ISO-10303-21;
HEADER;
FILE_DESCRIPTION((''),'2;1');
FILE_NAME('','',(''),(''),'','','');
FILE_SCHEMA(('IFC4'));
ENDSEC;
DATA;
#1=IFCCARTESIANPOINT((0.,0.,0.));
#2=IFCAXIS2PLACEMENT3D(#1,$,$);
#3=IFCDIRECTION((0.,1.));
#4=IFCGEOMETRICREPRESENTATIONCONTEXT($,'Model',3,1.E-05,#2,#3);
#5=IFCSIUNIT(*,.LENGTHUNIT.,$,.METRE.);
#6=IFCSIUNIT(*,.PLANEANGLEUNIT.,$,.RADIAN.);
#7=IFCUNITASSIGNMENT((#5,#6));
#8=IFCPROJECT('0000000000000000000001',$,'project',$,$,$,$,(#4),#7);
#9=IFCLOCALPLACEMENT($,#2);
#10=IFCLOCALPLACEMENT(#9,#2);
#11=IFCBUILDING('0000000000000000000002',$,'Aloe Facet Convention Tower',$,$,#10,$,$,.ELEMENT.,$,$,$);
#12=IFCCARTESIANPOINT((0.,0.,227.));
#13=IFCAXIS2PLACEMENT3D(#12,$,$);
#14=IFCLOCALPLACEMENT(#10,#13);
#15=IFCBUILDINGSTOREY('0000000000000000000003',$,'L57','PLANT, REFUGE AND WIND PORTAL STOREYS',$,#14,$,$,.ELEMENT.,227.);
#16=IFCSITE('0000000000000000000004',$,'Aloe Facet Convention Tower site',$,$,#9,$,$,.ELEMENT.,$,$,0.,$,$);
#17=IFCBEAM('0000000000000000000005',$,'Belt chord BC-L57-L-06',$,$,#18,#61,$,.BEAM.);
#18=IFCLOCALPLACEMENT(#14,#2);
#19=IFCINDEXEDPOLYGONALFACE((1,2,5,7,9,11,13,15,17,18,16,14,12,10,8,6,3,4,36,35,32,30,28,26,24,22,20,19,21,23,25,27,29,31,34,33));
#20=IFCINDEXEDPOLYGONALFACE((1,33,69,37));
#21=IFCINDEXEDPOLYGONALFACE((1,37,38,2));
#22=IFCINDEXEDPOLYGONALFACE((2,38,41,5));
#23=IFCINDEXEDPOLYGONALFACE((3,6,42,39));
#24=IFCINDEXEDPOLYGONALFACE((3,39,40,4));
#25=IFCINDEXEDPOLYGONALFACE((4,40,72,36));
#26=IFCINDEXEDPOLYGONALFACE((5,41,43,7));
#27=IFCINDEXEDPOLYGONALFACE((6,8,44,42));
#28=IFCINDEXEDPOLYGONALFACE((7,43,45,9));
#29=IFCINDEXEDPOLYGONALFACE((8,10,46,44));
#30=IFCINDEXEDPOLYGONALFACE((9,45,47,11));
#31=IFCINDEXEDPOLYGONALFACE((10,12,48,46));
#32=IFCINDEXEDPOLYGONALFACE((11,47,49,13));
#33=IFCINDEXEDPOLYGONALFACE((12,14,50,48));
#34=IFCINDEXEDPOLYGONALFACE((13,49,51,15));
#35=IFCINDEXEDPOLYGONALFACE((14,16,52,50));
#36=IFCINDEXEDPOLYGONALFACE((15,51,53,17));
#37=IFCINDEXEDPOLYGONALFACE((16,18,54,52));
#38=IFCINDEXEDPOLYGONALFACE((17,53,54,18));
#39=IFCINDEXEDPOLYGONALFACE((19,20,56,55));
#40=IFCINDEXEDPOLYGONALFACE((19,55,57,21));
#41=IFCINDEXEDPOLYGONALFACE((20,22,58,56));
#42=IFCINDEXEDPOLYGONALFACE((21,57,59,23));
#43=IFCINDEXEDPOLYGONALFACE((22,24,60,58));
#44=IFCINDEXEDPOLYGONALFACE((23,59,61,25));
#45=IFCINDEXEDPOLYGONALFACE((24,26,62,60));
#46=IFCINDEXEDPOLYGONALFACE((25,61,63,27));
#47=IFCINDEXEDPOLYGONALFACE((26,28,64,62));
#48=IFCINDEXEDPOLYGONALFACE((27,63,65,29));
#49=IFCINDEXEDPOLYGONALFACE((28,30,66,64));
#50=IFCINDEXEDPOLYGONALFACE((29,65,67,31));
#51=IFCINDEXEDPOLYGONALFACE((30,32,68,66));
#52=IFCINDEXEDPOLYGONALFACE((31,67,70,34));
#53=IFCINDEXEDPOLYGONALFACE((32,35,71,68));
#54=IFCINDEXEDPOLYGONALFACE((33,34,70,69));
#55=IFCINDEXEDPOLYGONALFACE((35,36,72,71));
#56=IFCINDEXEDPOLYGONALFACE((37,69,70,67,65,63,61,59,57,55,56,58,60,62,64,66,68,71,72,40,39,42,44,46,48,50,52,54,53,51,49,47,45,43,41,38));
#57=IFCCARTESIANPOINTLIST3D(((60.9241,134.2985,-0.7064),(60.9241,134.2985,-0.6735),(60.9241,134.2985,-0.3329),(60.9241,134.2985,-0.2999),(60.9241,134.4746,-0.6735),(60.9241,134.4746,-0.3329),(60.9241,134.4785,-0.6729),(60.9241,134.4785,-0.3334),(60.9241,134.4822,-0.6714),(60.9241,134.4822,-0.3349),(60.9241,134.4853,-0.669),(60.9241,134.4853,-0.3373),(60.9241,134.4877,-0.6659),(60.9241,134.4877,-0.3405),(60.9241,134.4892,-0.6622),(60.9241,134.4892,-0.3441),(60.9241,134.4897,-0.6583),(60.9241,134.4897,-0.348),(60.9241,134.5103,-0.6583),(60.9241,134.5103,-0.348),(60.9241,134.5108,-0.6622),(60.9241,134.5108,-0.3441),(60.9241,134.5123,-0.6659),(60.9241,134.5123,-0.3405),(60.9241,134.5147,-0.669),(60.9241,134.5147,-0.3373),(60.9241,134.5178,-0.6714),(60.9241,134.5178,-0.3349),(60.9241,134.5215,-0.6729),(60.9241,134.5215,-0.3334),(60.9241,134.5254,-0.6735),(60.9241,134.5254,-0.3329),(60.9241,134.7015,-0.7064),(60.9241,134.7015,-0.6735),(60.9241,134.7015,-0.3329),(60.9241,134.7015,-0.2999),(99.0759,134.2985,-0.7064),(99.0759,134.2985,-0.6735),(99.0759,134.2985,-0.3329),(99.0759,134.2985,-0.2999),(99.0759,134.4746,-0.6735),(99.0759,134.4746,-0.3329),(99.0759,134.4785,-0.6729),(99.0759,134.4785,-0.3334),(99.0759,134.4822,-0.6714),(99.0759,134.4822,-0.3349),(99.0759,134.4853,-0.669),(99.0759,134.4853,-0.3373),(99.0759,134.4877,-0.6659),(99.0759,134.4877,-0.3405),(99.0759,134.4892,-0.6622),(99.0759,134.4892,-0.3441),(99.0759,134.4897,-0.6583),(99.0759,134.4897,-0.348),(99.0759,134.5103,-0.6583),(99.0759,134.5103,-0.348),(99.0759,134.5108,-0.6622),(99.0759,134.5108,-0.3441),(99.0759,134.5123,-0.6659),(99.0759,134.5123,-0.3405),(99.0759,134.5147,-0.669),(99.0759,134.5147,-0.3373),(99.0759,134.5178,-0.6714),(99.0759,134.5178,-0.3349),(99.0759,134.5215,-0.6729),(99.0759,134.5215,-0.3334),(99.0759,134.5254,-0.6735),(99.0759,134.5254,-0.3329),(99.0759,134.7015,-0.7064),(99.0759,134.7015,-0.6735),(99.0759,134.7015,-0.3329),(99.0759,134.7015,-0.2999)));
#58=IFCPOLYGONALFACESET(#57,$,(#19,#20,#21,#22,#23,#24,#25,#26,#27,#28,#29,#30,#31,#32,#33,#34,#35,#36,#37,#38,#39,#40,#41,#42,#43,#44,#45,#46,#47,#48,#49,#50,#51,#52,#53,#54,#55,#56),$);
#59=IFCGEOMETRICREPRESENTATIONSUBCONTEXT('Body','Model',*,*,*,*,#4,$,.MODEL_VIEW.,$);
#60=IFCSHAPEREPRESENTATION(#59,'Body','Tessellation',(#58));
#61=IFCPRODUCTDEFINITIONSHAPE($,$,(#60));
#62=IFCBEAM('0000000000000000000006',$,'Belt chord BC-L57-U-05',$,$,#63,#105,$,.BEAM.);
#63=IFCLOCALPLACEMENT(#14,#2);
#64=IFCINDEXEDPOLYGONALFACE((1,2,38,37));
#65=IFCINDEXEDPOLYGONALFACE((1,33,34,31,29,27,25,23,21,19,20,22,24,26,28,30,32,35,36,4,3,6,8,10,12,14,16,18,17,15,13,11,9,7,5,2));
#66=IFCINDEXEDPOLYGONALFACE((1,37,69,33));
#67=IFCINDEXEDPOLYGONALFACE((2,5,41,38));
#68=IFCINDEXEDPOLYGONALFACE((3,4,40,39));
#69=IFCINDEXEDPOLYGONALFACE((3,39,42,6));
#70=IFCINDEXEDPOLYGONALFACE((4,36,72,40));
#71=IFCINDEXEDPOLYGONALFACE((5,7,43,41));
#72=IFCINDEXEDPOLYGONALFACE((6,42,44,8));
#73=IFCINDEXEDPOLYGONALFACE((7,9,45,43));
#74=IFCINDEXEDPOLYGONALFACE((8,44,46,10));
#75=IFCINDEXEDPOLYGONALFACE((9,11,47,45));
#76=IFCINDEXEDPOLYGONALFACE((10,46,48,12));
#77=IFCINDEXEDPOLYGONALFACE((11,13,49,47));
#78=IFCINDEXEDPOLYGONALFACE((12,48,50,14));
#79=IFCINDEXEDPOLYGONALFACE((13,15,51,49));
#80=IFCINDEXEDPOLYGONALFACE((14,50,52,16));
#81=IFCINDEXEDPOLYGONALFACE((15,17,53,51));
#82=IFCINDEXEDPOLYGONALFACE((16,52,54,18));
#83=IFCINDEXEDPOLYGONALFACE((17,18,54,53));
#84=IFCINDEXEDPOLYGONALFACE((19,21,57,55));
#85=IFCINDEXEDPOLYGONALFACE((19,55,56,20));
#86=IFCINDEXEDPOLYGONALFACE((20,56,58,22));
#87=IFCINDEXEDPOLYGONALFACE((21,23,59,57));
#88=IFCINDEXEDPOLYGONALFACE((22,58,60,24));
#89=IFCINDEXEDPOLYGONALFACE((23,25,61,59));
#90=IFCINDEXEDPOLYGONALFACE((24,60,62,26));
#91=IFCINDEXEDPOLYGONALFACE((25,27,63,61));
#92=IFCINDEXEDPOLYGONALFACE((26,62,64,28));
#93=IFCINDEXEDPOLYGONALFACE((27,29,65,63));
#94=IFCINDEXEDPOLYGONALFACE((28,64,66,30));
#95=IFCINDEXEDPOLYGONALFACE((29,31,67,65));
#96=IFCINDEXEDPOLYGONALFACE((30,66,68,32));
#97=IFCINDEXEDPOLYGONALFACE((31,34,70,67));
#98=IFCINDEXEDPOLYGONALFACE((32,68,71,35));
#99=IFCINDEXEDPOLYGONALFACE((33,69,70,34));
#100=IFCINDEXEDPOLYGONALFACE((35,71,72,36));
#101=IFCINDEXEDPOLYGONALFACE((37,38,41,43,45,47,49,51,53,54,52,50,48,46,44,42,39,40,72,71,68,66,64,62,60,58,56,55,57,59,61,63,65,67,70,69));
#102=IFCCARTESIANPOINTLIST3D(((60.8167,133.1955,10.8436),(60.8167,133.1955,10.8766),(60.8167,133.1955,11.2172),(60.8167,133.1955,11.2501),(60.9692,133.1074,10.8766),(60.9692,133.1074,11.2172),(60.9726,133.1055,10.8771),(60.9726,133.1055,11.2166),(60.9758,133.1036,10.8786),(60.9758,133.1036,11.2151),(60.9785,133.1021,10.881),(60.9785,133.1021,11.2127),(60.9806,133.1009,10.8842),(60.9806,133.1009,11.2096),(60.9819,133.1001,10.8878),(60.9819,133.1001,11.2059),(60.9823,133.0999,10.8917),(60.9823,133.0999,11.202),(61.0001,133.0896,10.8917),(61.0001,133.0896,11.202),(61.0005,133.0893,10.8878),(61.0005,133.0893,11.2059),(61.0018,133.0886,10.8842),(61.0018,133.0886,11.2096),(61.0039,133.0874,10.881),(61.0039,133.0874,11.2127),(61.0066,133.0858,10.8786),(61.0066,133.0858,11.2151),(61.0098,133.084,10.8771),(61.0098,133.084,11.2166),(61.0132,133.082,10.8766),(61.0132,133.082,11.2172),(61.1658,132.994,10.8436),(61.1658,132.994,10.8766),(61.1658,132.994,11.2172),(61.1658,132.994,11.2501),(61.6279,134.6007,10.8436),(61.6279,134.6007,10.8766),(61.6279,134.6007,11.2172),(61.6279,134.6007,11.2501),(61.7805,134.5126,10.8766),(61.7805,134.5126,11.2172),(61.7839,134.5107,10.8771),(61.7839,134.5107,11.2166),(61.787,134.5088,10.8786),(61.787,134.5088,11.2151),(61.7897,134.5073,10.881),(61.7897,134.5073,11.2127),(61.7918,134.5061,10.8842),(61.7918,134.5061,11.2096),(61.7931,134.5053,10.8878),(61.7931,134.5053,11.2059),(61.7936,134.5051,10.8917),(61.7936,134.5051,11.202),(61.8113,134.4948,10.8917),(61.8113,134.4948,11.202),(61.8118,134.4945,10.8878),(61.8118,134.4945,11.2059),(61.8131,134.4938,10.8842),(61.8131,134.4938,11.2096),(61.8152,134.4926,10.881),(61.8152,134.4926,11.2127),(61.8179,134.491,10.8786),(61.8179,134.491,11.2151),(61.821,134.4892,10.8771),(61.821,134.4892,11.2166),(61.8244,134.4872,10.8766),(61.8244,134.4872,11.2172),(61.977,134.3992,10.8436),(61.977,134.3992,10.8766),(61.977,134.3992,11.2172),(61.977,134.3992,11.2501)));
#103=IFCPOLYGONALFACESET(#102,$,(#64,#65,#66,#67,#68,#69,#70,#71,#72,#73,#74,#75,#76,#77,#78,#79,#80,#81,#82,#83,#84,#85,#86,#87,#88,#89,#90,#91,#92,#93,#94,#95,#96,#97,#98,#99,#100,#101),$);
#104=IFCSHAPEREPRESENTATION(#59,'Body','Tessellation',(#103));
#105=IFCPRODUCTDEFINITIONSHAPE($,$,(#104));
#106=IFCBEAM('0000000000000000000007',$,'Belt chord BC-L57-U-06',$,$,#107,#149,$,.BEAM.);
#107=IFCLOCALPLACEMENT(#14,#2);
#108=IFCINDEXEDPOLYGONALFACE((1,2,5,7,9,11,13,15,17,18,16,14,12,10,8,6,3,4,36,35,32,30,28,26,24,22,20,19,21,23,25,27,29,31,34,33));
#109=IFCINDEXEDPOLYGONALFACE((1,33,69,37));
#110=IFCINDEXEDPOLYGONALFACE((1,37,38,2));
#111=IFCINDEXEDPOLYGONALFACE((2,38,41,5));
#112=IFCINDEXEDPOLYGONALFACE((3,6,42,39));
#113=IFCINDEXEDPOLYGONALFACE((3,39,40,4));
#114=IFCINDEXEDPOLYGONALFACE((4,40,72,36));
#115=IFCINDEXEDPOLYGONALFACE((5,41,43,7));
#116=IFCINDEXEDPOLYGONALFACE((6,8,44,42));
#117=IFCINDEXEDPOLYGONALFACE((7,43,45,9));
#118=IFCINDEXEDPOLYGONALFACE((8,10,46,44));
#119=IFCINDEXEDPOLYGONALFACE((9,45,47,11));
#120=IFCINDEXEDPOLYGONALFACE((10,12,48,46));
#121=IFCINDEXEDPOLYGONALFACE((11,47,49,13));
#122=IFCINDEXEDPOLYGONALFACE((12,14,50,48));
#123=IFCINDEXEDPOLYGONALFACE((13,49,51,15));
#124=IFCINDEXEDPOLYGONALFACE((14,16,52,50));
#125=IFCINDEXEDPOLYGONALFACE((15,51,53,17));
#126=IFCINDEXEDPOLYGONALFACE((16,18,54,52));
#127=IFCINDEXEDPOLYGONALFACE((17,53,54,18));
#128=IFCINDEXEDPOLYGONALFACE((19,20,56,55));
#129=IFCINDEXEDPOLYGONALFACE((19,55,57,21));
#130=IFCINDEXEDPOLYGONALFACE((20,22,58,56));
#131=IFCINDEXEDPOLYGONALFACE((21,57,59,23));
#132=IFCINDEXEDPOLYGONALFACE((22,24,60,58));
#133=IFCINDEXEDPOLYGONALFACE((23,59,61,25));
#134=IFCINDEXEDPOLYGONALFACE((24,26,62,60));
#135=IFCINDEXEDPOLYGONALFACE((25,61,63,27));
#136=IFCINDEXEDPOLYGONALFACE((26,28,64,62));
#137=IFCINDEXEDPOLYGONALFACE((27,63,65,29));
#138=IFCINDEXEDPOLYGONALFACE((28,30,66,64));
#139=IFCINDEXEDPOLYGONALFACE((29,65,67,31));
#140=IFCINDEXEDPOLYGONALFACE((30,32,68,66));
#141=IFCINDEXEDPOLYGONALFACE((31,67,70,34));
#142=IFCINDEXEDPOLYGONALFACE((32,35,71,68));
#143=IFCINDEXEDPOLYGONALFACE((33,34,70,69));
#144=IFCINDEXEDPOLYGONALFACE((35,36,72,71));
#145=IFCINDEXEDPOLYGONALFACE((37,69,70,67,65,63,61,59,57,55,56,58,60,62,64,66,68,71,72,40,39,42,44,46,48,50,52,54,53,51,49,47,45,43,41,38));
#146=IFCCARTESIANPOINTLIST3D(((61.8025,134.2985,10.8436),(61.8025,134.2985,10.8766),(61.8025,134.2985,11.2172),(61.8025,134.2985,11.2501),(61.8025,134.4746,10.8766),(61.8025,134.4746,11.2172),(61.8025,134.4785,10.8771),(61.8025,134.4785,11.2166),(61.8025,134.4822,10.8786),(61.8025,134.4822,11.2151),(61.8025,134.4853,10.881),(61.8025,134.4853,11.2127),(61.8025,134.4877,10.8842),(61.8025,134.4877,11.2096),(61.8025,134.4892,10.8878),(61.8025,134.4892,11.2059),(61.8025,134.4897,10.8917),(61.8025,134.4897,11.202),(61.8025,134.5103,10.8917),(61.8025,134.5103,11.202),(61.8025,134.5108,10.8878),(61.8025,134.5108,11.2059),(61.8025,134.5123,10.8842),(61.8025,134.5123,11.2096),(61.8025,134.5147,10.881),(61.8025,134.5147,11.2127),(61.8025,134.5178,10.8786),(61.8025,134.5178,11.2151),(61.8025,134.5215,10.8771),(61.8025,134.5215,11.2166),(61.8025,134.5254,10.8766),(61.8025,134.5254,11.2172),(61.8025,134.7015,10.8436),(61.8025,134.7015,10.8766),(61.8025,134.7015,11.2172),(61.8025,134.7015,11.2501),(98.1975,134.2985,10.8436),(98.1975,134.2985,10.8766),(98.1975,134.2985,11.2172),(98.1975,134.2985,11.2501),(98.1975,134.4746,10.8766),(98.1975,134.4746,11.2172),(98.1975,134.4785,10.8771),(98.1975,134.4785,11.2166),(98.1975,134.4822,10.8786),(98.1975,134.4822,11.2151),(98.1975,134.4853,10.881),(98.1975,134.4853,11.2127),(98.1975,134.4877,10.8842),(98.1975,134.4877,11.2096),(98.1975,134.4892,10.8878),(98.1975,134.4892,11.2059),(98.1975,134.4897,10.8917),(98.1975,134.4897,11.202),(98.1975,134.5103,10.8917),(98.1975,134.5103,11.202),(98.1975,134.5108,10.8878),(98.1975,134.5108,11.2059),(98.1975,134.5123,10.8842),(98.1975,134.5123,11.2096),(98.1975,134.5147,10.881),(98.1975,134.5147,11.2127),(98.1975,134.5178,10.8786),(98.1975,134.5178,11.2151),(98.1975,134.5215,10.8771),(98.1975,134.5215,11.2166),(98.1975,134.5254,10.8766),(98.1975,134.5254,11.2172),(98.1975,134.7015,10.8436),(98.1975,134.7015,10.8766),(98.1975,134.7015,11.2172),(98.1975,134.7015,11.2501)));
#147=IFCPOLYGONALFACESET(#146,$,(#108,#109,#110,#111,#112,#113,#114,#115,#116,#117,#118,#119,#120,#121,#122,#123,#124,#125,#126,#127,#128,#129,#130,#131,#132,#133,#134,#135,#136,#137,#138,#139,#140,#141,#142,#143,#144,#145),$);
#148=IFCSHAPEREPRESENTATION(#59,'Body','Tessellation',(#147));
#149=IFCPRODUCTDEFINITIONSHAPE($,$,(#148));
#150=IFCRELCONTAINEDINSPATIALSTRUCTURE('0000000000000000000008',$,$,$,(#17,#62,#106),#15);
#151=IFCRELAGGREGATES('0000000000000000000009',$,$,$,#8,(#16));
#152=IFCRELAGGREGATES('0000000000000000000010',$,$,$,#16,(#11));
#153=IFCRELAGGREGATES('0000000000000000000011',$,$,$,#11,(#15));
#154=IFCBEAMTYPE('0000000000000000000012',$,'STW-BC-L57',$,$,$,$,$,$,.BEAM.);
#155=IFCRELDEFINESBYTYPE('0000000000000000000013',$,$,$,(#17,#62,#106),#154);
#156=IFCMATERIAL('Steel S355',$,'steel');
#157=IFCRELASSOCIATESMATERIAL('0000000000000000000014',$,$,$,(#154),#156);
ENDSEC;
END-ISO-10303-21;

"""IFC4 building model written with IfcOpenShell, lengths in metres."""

from ifc_helpers import new_model, si_unit, direction, frame, origin, origin_2d, place, context, subcontext, project, spatial, i_section, extrude, material, material_profile, profile_set, type_object, element, save


model = new_model("IFC4")

# Units and contexts
model_context = context("Model", 3, precision=1e-05, world=origin(), true_north=direction((0.0, 1.0)))
body_context = subcontext(model_context, "Body", "Model", "MODEL_VIEW")
ifc_project = project(units=[si_unit("LENGTHUNIT", "METRE"), si_unit("PLANEANGLEUNIT", "RADIAN")], contexts=[model_context])

# Site, building, storey
site_placement = place(None, origin())
site = spatial("IfcSite", under=ifc_project, at=site_placement, Name="Aloe Facet Convention Tower site", CompositionType="ELEMENT", RefElevation=0.0)
building_placement = place(site_placement, origin())
building = spatial("IfcBuilding", under=site, at=building_placement, Name="Aloe Facet Convention Tower", CompositionType="ELEMENT")
storey_placement = place(building_placement, frame((0.0, 0.0, 227.0)))
storey = spatial("IfcBuildingStorey", under=building, at=storey_placement, Name="L57", Description="PLANT, REFUGE AND WIND PORTAL STOREYS", CompositionType="ELEMENT", Elevation=227.0)

# Beams
ifc_material_1 = material(Name="Steel S355", Category="steel")
ifc_material_profile_1 = material_profile(ifc_material_1, i_section(OverallWidth=0.4031, OverallDepth=0.4065, WebThickness=0.0205, FlangeThickness=0.033, FilletRadius=0.0151, at=origin_2d()), Name="UC 356x406x340")
ifc_profile_set_1 = profile_set([ifc_material_profile_1], Name="Steel S355")
beam_type_1 = type_object("IfcBeamType", Name="STW-BC-L57", PredefinedType="BEAM", material=ifc_profile_set_1)
beam_1_placement = place(storey_placement, frame((60.9241, 134.5, -0.5032), z_axis=(1.0, 0.0, 0.0), x_axis=(0.0, 1.0, 0.0)))
element("IfcBeam", 1, at=beam_1_placement, inside=storey, type_object=beam_type_1, Name="Belt chord BC-L57-L-06", PredefinedType="BEAM", context=body_context, shape_type="SweptSolid", body=[
    extrude(i_section(OverallWidth=0.4031, OverallDepth=0.4065, WebThickness=0.0205, FlangeThickness=0.033, FilletRadius=0.0151, at=origin_2d()), origin(), (0.0, 0.0, 1.0), 38.1519),
])
beam_2_placement = place(storey_placement, frame((60.9912, 133.0947, 11.0469), z_axis=(0.499974, 0.86604, 0.0), x_axis=(-0.86604, 0.499974, 0.0)))
element("IfcBeam", 2, at=beam_2_placement, inside=storey, type_object=beam_type_1, Name="Belt chord BC-L57-U-05", PredefinedType="BEAM", context=body_context, shape_type="SweptSolid", body=[
    extrude(i_section(OverallWidth=0.4031, OverallDepth=0.4065, WebThickness=0.0205, FlangeThickness=0.033, FilletRadius=0.0151, at=origin_2d()), origin(), (0.0, 0.0, 1.0), 1.6226),
])
beam_3_placement = place(storey_placement, frame((61.8025, 134.5, 11.0469), z_axis=(1.0, 0.0, 0.0), x_axis=(0.0, 1.0, 0.0)))
element("IfcBeam", 3, at=beam_3_placement, inside=storey, type_object=beam_type_1, Name="Belt chord BC-L57-U-06", PredefinedType="BEAM", context=body_context, shape_type="SweptSolid", body=[
    extrude(i_section(OverallWidth=0.4031, OverallDepth=0.4065, WebThickness=0.0205, FlangeThickness=0.033, FilletRadius=0.0151, at=origin_2d()), origin(), (0.0, 0.0, 1.0), 36.395),
])

save(model, "model.ifc")
